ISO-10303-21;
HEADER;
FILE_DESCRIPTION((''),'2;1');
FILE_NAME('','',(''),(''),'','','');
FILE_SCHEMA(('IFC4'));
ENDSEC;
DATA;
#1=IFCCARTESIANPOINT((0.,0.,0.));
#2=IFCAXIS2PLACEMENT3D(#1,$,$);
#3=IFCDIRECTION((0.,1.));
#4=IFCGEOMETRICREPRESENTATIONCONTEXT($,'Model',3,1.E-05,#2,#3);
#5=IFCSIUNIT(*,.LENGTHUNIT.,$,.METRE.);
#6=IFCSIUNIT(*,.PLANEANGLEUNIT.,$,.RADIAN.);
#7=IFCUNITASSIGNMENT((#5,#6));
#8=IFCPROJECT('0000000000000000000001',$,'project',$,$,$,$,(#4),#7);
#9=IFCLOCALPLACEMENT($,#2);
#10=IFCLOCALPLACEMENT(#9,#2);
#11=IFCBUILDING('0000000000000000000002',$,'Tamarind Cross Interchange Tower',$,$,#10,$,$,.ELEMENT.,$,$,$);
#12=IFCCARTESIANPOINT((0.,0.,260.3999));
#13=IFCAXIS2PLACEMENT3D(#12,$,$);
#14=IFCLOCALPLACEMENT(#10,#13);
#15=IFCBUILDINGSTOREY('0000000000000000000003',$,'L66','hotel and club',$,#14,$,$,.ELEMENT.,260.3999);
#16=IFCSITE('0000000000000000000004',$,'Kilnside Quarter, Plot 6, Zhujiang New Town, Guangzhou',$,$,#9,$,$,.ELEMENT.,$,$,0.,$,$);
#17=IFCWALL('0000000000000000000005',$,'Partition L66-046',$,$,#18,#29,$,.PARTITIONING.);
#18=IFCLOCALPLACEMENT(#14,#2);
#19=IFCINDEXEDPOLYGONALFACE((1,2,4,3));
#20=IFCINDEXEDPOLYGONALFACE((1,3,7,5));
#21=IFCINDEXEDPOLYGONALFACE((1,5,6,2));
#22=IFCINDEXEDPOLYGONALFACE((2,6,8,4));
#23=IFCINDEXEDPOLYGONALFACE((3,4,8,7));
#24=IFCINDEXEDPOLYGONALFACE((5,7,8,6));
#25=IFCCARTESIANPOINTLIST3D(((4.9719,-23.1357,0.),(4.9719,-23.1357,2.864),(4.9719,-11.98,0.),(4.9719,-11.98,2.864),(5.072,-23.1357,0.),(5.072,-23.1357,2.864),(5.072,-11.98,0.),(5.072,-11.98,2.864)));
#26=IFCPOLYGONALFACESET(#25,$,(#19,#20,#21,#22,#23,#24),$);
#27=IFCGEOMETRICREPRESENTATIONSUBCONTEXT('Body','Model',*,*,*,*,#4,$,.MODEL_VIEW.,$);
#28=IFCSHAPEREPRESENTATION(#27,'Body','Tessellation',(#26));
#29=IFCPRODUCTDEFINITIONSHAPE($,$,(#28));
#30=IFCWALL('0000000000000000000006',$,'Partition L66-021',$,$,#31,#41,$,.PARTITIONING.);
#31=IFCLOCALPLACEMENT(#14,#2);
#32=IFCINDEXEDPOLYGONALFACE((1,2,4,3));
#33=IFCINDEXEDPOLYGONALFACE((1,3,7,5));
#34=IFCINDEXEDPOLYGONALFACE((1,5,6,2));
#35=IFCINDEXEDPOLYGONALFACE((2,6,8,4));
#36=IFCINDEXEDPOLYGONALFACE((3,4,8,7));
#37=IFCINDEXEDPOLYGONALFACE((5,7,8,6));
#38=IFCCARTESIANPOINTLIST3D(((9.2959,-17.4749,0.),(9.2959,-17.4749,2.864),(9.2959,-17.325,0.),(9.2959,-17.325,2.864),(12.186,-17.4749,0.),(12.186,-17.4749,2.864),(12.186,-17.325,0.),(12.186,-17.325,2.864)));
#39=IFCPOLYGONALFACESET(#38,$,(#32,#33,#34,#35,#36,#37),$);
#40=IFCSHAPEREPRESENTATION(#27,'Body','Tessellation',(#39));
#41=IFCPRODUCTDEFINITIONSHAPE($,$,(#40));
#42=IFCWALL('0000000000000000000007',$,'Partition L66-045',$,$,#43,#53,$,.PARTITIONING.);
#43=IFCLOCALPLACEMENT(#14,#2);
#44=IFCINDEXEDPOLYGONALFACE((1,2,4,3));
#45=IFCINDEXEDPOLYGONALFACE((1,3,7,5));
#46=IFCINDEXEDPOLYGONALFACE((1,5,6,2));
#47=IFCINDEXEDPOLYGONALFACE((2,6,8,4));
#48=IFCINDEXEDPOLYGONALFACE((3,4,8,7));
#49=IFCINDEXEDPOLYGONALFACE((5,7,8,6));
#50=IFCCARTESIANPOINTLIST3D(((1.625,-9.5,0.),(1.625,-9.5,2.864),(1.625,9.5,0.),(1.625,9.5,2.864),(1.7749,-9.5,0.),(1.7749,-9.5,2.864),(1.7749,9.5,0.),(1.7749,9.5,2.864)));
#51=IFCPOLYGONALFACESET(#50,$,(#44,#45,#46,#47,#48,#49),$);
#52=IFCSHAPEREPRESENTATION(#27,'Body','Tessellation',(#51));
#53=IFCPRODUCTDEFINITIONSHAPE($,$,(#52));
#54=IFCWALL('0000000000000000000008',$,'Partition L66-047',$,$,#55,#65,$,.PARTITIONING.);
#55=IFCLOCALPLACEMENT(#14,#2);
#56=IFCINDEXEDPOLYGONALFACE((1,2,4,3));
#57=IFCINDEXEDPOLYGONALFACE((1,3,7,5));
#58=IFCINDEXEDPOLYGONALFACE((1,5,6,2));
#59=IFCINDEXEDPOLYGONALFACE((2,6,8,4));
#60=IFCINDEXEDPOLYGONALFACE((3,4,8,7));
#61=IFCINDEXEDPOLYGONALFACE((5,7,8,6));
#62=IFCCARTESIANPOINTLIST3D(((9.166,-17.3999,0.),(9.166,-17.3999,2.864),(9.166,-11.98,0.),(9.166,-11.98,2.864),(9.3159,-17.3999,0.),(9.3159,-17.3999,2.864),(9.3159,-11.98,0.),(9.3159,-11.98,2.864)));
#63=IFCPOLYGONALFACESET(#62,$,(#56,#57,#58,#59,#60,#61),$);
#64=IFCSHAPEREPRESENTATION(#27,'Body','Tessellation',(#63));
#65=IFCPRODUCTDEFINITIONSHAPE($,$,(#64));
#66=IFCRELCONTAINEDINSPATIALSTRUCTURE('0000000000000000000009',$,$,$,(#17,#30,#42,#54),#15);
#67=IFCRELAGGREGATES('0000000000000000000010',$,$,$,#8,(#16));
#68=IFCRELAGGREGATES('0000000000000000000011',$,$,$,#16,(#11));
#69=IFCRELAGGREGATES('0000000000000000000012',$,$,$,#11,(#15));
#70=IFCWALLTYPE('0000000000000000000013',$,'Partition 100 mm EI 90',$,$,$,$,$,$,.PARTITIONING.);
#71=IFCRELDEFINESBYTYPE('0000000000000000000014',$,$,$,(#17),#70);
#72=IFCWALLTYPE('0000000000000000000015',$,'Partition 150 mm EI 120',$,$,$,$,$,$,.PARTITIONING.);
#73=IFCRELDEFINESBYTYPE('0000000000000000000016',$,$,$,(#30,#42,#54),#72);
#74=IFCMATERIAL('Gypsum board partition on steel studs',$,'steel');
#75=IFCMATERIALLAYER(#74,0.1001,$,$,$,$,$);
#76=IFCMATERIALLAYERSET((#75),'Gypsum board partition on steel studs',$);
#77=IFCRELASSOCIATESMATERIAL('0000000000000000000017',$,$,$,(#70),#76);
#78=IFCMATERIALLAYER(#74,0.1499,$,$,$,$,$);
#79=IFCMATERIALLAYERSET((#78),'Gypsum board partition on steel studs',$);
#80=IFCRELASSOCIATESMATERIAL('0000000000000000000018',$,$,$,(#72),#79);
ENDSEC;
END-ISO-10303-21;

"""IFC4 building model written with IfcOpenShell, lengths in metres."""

from ifc_helpers import new_model, si_unit, direction, frame, frame_2d, origin, place, context, subcontext, project, spatial, rectangle, extrude, material, layer, layer_set, type_object, element, save


model = new_model("IFC4")

# Units and contexts
model_context = context("Model", 3, precision=1e-05, world=origin(), true_north=direction((0.0, 1.0)))
body_context = subcontext(model_context, "Body", "Model", "MODEL_VIEW")
ifc_project = project(units=[si_unit("LENGTHUNIT", "METRE"), si_unit("PLANEANGLEUNIT", "RADIAN")], contexts=[model_context])

# Site, building, storey
site_placement = place(None, origin())
site = spatial("IfcSite", under=ifc_project, at=site_placement, Name="Kilnside Quarter, Plot 6, Zhujiang New Town, Guangzhou", CompositionType="ELEMENT", RefElevation=0.0)
building_placement = place(site_placement, origin())
building = spatial("IfcBuilding", under=site, at=building_placement, Name="Tamarind Cross Interchange Tower", CompositionType="ELEMENT")
storey_placement = place(building_placement, frame((0.0, 0.0, 260.3999)))
storey = spatial("IfcBuildingStorey", under=building, at=storey_placement, Name="L66", Description="hotel and club", CompositionType="ELEMENT", Elevation=260.3999)

# Walls
ifc_material_1 = material(Name="Gypsum board partition on steel studs", Category="steel")
ifc_layer_1 = layer(ifc_material_1, 0.1001)
ifc_layer_set_1 = layer_set([ifc_layer_1], Name="Gypsum board partition on steel studs")
wall_type_1 = type_object("IfcWallType", Name="Partition 100 mm EI 90", PredefinedType="PARTITIONING", material=ifc_layer_set_1)
wall_1_placement = place(storey_placement, frame((5.022, -23.1357, 0.0), z_axis=(0.0, 0.0, 1.0), x_axis=(0.0, 1.0, 0.0)))
element("IfcWall", 1, at=wall_1_placement, inside=storey, type_object=wall_type_1, Name="Partition L66-046", PredefinedType="PARTITIONING", context=body_context, shape_type="SweptSolid", body=[
    extrude(rectangle(XDim=11.1558, YDim=0.1001, at=frame_2d((5.5779, 0.0))), origin(), (0.0, 0.0, 1.0), 2.864),
])
ifc_layer_2 = layer(ifc_material_1, 0.1499)
ifc_layer_set_2 = layer_set([ifc_layer_2], Name="Gypsum board partition on steel studs")
wall_type_2 = type_object("IfcWallType", Name="Partition 150 mm EI 120", PredefinedType="PARTITIONING", material=ifc_layer_set_2)
wall_2_placement = place(storey_placement, frame((9.2959, -17.3999, 0.0), z_axis=(0.0, 0.0, 1.0), x_axis=(1.0, 0.0, 0.0)))
element("IfcWall", 2, at=wall_2_placement, inside=storey, type_object=wall_type_2, Name="Partition L66-021", PredefinedType="PARTITIONING", context=body_context, shape_type="SweptSolid", body=[
    extrude(rectangle(XDim=2.8901, YDim=0.1499, at=frame_2d((1.4451, 0.0))), origin(), (0.0, 0.0, 1.0), 2.864),
])
wall_3_placement = place(storey_placement, frame((1.7, -9.5, 0.0), z_axis=(0.0, 0.0, 1.0), x_axis=(0.0, 1.0, 0.0)))
element("IfcWall", 3, at=wall_3_placement, inside=storey, type_object=wall_type_2, Name="Partition L66-045", PredefinedType="PARTITIONING", context=body_context, shape_type="SweptSolid", body=[
    extrude(rectangle(XDim=19.0, YDim=0.1499, at=frame_2d((9.5, 0.0))), origin(), (0.0, 0.0, 1.0), 2.864),
])
wall_4_placement = place(storey_placement, frame((9.241, -17.3999, 0.0), z_axis=(0.0, 0.0, 1.0), x_axis=(0.0, 1.0, 0.0)))
element("IfcWall", 4, at=wall_4_placement, inside=storey, type_object=wall_type_2, Name="Partition L66-047", PredefinedType="PARTITIONING", context=body_context, shape_type="SweptSolid", body=[
    extrude(rectangle(XDim=5.4199, YDim=0.1499, at=frame_2d((2.71, 0.0))), origin(), (0.0, 0.0, 1.0), 2.864),
])

save(model, "model.ifc")
